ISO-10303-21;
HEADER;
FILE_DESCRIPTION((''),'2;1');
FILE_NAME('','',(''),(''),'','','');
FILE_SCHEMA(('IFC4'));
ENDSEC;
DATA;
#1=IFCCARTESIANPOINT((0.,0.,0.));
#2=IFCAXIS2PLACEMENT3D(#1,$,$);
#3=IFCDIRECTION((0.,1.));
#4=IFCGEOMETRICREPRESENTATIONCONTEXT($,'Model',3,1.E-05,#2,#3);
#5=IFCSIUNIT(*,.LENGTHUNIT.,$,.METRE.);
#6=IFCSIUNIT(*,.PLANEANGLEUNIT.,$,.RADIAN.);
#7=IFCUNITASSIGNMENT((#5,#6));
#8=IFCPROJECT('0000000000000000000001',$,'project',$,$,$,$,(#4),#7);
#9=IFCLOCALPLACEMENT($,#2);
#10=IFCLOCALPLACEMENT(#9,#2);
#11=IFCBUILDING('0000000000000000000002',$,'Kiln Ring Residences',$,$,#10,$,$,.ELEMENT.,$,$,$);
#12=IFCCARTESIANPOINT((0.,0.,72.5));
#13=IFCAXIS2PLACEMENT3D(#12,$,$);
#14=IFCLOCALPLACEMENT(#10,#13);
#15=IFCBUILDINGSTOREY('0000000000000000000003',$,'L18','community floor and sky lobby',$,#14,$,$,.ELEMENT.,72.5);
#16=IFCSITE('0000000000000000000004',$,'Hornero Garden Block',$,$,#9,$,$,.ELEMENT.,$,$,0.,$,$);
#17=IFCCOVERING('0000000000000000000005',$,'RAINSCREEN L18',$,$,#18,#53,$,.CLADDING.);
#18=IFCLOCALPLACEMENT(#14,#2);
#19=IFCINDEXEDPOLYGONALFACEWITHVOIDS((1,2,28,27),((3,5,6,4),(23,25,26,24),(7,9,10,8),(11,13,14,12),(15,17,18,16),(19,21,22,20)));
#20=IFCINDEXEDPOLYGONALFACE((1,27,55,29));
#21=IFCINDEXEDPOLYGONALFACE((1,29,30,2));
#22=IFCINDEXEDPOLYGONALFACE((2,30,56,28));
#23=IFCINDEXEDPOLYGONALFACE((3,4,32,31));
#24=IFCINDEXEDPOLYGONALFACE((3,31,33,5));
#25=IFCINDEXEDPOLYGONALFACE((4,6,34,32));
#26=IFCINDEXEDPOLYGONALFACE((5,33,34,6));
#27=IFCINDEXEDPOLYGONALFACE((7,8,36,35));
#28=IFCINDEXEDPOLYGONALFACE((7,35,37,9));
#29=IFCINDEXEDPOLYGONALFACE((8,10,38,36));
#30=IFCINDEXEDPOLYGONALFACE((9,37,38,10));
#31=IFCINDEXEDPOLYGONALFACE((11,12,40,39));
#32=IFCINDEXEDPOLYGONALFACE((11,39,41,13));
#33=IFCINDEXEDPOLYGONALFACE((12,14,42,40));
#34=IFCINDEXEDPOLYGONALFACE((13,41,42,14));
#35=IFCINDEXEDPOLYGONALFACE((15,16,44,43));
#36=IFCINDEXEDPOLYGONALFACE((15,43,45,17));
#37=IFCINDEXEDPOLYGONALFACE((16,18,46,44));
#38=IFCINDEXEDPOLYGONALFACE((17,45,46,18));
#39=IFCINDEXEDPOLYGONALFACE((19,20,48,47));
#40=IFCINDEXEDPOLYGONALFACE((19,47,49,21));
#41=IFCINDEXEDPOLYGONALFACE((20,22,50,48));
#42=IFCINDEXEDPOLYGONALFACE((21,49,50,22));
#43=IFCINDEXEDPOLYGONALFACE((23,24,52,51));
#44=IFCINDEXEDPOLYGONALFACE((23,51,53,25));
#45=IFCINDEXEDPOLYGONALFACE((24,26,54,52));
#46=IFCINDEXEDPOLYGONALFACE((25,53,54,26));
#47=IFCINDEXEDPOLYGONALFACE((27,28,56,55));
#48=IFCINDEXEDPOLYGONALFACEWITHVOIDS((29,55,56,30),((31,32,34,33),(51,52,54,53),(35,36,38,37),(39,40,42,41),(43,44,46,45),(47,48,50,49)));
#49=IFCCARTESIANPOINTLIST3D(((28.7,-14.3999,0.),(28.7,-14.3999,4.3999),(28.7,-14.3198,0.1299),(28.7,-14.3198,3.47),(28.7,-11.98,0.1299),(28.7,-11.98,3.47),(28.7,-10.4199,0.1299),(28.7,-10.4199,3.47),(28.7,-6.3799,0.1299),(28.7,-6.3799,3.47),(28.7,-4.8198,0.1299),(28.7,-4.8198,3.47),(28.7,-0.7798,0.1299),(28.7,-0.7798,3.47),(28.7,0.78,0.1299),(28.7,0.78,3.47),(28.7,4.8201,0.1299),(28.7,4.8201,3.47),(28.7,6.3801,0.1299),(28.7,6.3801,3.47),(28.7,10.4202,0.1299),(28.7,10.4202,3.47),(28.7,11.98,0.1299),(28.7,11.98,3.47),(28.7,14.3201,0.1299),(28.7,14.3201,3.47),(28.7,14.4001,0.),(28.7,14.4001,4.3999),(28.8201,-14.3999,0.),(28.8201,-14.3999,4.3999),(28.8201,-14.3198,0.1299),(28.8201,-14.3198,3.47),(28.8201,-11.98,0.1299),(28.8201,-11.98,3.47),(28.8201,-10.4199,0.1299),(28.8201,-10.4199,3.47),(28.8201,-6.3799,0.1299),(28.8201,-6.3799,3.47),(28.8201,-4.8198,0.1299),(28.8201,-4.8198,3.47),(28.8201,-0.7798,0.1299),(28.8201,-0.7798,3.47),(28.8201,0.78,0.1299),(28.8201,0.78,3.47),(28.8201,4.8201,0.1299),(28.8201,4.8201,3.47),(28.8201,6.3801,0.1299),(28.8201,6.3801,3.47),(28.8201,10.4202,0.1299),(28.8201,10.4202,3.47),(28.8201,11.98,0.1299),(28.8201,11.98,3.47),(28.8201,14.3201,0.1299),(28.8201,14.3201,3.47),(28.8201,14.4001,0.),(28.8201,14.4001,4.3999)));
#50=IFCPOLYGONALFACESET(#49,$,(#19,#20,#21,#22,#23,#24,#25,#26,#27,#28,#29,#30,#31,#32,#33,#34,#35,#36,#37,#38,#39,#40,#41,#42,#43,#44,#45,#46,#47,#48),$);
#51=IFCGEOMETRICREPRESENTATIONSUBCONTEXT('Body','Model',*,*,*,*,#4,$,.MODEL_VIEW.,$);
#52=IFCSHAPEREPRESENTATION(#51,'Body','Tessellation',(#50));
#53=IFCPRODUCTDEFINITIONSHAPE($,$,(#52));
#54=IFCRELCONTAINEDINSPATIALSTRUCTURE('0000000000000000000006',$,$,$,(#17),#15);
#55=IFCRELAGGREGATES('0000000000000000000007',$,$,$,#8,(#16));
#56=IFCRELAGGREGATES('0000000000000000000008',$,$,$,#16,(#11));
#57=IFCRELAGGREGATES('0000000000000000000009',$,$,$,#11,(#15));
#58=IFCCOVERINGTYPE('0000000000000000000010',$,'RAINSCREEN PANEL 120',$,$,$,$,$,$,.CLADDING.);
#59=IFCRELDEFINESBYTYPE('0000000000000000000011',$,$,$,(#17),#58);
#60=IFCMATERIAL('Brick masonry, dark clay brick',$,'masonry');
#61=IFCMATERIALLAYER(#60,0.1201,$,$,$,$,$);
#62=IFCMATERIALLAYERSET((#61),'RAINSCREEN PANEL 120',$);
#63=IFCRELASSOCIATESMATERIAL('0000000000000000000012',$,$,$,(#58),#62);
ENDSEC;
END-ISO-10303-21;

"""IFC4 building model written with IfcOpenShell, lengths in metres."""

from ifc_helpers import new_model, si_unit, direction, frame, origin, place, context, subcontext, project, spatial, polyline, outline, extrude, material, layer, layer_set, type_object, element, save


model = new_model("IFC4")

# Units and contexts
model_context = context("Model", 3, precision=1e-05, world=origin(), true_north=direction((0.0, 1.0)))
body_context = subcontext(model_context, "Body", "Model", "MODEL_VIEW")
ifc_project = project(units=[si_unit("LENGTHUNIT", "METRE"), si_unit("PLANEANGLEUNIT", "RADIAN")], contexts=[model_context])

# Site, building, storey
site_placement = place(None, origin())
site = spatial("IfcSite", under=ifc_project, at=site_placement, Name="Hornero Garden Block", CompositionType="ELEMENT", RefElevation=0.0)
building_placement = place(site_placement, origin())
building = spatial("IfcBuilding", under=site, at=building_placement, Name="Kiln Ring Residences", CompositionType="ELEMENT")
storey_placement = place(building_placement, frame((0.0, 0.0, 72.5)))
storey = spatial("IfcBuildingStorey", under=building, at=storey_placement, Name="L18", Description="community floor and sky lobby", CompositionType="ELEMENT", Elevation=72.5)

# Covering
ifc_material_1 = material(Name="Brick masonry, dark clay brick", Category="masonry")
ifc_layer_1 = layer(ifc_material_1, 0.1201)
ifc_layer_set_1 = layer_set([ifc_layer_1], Name="RAINSCREEN PANEL 120")
covering_type = type_object("IfcCoveringType", Name="RAINSCREEN PANEL 120", PredefinedType="CLADDING", material=ifc_layer_set_1)
covering_1_placement = place(storey_placement, frame((28.76, -14.3999, 0.0), z_axis=(0.0, 0.0, 1.0), x_axis=(0.0, 1.0, 0.0)))
element("IfcCovering", 1, at=covering_1_placement, inside=storey, type_object=covering_type, Name="RAINSCREEN L18", PredefinedType="CLADDING", context=body_context, shape_type="SweptSolid", body=[
    extrude(outline(polyline([(0.0, 0.0), (28.8, 0.0), (28.8, 4.3999), (0.0, 4.3999), (0.0, 0.0)]), holes=[polyline([(2.4199, 0.1299), (2.4199, 3.47), (0.0801, 3.47), (0.0801, 0.1299), (2.4199, 0.1299)]), polyline([(3.98, 0.1299), (8.02, 0.1299), (8.02, 3.47), (3.98, 3.47), (3.98, 0.1299)]), polyline([(9.5801, 0.1299), (13.6201, 0.1299), (13.6201, 3.47), (9.5801, 3.47), (9.5801, 0.1299)]), polyline([(19.22, 0.1299), (19.22, 3.47), (15.1799, 3.47), (15.1799, 0.1299), (19.22, 0.1299)]), polyline([(20.78, 0.1299), (24.8201, 0.1299), (24.8201, 3.47), (20.78, 3.47), (20.78, 0.1299)]), polyline([(26.3799, 0.1299), (28.72, 0.1299), (28.72, 3.47), (26.3799, 3.47), (26.3799, 0.1299)])]), frame((0.0, 0.0601, 0.0), z_axis=(0.0, -1.0, 0.0), x_axis=(1.0, 0.0, 0.0)), (0.0, 0.0, 1.0), 0.1201),
])

save(model, "model.ifc")
